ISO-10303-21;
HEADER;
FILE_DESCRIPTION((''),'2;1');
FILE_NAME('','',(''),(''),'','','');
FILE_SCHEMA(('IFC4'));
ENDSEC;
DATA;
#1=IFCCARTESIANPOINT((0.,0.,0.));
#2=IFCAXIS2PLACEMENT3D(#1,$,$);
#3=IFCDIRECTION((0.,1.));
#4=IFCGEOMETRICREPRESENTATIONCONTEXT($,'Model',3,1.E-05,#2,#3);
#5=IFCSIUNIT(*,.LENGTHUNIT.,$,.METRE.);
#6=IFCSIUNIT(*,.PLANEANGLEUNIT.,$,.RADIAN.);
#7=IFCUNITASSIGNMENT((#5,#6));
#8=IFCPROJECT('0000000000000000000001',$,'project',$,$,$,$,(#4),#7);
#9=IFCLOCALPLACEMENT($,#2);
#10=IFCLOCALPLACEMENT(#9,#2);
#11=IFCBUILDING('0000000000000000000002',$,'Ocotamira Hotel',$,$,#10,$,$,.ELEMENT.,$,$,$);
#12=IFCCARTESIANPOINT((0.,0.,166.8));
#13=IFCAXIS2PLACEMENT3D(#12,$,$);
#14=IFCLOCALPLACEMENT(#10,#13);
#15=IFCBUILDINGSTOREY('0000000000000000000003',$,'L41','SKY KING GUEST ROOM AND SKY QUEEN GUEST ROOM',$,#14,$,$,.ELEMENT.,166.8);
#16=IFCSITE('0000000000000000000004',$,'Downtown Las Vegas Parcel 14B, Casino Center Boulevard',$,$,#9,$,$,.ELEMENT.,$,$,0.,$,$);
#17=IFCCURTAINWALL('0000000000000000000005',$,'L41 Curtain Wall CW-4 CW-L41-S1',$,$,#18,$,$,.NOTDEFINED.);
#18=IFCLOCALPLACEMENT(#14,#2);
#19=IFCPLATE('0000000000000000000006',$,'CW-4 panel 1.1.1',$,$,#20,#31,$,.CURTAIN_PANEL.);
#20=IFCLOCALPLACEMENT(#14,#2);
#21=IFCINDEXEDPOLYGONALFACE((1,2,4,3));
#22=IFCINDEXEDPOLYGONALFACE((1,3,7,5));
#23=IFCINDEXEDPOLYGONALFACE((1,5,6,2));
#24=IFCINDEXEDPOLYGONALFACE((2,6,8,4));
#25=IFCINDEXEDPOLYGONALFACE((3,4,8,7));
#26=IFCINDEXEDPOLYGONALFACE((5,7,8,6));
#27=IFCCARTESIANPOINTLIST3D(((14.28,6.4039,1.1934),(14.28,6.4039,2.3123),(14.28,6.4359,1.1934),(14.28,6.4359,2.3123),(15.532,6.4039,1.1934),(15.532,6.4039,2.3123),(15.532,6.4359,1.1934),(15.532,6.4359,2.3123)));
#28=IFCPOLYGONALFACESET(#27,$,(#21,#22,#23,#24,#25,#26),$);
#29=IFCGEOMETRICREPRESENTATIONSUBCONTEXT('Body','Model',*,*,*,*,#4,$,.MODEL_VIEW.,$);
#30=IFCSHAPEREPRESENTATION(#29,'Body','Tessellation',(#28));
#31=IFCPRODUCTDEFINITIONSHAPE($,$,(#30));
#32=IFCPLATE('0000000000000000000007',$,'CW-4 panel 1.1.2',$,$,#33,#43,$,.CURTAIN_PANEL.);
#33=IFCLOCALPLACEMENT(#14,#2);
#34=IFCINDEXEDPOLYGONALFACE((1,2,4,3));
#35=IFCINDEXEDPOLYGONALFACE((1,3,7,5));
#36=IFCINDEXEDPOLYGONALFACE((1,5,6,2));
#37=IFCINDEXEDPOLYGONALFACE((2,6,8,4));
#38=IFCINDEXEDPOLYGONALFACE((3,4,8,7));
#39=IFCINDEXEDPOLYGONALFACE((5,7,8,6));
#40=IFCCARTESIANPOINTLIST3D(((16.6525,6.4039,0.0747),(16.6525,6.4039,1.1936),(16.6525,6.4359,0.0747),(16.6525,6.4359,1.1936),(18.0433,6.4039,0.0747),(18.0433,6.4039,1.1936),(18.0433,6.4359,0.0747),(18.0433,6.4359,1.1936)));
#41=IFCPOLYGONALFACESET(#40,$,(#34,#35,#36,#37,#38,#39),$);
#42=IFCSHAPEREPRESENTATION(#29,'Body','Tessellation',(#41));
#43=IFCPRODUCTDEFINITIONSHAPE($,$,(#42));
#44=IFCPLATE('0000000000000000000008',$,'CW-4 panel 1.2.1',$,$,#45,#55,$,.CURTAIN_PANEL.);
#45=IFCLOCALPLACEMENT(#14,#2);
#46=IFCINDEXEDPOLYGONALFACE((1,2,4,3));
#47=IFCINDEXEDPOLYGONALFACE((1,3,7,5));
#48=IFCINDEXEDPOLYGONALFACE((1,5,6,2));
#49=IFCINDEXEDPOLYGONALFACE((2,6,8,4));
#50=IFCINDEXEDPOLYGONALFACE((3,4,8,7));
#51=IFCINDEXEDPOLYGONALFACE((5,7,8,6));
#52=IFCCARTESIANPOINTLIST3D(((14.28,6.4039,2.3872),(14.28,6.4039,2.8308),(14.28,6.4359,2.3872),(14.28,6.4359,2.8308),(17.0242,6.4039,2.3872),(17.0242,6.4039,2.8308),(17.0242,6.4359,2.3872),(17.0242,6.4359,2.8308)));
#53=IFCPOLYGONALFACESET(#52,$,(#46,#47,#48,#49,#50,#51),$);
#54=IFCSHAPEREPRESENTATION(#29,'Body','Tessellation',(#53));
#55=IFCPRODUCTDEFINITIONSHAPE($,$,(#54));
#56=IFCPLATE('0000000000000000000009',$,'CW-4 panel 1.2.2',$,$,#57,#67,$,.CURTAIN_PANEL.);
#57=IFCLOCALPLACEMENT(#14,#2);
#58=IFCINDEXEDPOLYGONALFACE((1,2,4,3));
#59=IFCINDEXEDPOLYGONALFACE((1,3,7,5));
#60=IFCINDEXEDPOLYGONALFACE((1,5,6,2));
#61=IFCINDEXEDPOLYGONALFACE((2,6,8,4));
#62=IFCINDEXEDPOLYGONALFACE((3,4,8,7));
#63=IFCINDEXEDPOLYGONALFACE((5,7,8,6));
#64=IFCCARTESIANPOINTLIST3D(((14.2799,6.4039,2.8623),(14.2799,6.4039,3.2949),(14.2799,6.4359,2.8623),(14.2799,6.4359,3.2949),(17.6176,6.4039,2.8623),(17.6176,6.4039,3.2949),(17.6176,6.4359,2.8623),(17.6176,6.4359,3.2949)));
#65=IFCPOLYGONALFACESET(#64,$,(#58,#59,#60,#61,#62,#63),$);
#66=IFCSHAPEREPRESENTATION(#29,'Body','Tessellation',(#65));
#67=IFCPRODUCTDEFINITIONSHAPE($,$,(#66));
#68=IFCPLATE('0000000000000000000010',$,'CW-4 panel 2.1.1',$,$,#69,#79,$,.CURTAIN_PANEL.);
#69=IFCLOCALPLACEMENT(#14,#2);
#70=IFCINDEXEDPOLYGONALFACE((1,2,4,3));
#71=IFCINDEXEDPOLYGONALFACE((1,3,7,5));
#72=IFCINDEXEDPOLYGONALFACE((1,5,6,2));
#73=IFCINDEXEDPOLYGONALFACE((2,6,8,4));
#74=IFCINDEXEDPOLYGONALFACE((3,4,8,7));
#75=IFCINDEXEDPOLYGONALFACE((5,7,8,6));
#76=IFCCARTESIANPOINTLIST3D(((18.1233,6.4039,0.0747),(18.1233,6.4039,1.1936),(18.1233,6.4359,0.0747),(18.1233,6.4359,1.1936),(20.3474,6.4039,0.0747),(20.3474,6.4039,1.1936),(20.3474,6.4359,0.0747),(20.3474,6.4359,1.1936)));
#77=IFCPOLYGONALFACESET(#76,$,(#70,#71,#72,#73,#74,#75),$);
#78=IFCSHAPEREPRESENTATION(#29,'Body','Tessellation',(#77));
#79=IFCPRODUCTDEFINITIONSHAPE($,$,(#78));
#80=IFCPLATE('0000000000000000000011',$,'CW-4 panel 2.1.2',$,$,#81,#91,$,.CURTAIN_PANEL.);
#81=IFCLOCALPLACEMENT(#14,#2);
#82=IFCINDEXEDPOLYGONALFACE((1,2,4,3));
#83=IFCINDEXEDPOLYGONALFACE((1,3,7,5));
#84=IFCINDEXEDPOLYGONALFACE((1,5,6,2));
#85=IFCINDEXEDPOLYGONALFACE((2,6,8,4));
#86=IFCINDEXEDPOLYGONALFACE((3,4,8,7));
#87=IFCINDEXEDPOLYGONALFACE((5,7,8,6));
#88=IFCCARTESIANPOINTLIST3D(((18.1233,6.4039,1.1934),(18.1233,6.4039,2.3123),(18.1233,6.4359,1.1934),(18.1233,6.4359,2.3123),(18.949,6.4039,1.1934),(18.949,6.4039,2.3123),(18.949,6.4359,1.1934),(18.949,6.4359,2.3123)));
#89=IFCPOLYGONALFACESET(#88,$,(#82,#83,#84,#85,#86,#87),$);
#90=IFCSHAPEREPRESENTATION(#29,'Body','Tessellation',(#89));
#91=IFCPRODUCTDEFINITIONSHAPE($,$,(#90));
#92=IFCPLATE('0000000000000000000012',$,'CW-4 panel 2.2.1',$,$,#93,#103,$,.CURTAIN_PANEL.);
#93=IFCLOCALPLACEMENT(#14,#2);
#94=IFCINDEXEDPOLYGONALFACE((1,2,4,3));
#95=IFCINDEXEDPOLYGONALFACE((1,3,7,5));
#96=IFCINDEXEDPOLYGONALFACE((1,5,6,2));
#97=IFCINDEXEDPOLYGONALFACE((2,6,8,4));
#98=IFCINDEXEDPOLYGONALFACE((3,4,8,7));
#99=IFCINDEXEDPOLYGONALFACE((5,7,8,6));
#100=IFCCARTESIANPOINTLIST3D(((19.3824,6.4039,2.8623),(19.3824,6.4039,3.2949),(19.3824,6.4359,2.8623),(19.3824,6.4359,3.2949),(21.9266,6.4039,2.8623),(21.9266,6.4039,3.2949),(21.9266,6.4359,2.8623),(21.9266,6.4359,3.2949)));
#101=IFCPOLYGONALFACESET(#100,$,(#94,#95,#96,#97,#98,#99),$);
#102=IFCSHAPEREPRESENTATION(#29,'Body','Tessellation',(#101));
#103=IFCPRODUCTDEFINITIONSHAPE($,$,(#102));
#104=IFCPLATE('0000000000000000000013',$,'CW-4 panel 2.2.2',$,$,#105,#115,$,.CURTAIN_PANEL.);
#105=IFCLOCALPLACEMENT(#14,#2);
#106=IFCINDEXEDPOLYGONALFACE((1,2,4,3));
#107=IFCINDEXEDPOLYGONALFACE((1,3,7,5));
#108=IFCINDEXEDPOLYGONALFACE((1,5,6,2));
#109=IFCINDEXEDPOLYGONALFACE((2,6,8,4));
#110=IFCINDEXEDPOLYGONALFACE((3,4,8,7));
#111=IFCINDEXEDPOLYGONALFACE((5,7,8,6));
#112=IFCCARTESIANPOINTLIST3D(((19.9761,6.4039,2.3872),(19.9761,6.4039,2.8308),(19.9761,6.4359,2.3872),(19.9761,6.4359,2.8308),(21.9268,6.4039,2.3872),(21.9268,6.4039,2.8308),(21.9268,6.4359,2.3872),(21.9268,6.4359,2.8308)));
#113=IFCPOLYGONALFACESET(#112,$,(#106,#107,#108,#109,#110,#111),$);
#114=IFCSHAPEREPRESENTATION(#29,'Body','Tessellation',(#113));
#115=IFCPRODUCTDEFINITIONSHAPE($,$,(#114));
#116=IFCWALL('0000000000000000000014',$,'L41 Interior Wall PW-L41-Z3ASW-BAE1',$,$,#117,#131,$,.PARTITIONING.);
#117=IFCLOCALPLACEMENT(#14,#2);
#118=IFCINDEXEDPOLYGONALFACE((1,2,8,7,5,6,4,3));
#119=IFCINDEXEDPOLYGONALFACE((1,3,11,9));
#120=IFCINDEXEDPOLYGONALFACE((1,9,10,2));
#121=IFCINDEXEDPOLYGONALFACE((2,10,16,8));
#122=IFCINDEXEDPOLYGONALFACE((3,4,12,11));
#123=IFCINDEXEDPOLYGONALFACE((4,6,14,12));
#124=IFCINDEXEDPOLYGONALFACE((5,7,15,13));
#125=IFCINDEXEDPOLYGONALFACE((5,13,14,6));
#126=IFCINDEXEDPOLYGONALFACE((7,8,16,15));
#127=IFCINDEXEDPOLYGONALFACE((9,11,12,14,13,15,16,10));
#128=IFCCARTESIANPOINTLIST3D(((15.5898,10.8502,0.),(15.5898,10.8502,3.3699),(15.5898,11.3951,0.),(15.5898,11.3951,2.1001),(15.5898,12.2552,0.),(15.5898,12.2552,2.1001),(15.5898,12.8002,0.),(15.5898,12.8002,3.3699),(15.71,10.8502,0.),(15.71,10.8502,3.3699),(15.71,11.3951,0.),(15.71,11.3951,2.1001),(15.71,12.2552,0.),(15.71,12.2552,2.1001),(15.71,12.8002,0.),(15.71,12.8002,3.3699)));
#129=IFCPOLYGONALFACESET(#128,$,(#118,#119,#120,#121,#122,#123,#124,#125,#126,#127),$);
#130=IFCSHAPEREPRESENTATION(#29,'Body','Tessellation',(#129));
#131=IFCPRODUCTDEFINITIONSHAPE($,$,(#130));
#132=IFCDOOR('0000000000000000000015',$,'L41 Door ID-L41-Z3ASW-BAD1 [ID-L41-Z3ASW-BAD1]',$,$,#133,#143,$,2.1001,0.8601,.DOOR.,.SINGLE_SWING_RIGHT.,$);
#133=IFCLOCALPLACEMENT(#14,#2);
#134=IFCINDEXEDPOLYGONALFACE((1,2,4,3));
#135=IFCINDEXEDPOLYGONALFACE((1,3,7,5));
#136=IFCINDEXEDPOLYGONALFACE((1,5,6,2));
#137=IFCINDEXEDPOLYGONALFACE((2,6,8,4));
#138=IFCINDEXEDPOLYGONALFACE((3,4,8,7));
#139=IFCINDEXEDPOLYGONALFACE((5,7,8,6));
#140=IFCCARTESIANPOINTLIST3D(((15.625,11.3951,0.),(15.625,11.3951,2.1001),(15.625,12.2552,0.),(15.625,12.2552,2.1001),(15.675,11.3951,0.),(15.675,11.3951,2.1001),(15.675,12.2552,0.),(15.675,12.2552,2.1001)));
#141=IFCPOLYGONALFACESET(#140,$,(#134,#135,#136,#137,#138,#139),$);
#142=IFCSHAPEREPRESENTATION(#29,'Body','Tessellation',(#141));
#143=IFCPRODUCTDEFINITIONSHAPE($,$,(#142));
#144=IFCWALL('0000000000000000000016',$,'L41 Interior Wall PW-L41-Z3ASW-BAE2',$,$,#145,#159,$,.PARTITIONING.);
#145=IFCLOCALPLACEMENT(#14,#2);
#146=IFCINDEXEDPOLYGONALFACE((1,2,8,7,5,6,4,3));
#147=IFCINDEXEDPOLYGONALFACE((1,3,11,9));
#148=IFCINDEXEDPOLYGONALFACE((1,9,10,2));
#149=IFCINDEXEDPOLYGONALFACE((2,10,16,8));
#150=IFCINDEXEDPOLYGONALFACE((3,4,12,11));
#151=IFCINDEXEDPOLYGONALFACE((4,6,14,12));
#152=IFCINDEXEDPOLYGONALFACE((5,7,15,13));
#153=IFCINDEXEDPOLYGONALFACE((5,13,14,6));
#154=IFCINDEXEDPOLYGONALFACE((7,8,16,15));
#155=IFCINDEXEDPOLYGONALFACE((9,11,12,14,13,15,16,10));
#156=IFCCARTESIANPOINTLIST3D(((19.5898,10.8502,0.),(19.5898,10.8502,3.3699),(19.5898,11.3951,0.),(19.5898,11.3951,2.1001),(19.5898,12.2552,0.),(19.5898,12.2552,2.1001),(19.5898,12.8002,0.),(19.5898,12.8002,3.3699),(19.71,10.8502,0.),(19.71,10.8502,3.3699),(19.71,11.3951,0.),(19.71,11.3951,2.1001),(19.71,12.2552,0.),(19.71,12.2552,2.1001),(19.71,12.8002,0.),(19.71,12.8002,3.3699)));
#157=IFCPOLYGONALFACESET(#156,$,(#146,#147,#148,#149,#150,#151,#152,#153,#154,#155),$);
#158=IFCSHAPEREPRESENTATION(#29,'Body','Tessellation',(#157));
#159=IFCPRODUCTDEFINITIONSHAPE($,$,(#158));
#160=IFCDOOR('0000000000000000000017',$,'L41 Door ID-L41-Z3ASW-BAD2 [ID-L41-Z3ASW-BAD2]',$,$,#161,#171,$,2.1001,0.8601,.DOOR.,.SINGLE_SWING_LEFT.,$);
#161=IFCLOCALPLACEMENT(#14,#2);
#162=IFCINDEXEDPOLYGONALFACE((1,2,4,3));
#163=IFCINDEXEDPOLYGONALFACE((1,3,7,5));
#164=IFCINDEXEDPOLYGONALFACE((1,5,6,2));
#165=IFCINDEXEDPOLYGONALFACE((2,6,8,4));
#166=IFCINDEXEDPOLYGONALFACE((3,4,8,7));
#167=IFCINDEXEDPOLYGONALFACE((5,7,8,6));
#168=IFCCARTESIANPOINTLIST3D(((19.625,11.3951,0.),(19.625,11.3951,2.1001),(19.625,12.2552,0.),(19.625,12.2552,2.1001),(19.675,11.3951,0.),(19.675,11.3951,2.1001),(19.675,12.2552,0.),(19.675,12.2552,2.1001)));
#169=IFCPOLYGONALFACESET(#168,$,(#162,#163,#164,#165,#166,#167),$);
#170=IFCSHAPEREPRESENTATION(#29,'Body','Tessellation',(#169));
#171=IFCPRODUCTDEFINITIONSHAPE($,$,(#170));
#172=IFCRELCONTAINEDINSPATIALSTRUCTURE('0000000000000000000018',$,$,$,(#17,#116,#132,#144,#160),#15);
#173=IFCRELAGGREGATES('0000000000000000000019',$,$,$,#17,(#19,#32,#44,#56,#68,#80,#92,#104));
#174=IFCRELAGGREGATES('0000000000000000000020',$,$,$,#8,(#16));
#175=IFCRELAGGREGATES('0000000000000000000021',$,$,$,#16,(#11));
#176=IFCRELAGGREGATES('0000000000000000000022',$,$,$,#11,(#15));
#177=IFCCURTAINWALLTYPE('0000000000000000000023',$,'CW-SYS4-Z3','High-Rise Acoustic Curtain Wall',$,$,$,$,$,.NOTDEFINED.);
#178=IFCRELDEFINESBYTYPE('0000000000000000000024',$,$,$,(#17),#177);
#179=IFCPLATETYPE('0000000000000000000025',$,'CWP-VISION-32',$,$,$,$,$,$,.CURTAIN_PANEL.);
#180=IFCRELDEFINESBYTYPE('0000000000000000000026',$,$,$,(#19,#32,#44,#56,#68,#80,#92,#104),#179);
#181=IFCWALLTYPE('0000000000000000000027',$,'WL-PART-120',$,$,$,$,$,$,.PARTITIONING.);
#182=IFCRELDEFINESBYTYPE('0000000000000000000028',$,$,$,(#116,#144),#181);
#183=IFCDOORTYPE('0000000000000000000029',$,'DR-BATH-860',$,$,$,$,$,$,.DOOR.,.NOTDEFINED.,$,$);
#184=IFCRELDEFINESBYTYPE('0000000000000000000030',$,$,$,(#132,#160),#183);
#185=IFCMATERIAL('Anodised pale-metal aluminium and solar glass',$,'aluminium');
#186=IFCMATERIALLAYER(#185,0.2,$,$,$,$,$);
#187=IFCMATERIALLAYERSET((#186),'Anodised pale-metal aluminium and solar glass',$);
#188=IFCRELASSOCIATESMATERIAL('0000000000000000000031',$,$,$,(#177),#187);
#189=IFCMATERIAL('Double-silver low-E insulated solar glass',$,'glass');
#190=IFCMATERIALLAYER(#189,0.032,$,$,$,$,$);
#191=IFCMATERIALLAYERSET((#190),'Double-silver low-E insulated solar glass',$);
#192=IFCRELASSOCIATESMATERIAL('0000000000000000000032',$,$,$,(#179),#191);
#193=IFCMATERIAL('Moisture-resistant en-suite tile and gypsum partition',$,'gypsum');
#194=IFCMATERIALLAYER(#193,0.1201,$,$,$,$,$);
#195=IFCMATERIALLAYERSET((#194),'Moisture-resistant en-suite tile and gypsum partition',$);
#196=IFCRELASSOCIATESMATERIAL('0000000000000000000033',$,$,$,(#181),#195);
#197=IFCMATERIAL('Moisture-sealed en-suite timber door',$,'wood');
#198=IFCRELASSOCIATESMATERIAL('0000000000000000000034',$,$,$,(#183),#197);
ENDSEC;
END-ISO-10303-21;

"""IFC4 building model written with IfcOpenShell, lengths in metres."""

from ifc_helpers import new_model, si_unit, direction, frame, frame_2d, origin, origin_2d, place, context, subcontext, project, spatial, rectangle, extrude, source, transform, mapped, material, layer, layer_set, type_object, element, fill, aggregate, save


model = new_model("IFC4")

# Units and contexts
model_context = context("Model", 3, precision=1e-05, world=origin(), true_north=direction((0.0, 1.0)))
body_context = subcontext(model_context, "Body", "Model", "MODEL_VIEW")
ifc_project = project(units=[si_unit("LENGTHUNIT", "METRE"), si_unit("PLANEANGLEUNIT", "RADIAN")], contexts=[model_context])

# Site, building, storey
site_placement = place(None, origin())
site = spatial("IfcSite", under=ifc_project, at=site_placement, Name="Downtown Las Vegas Parcel 14B, Casino Center Boulevard", CompositionType="ELEMENT", RefElevation=0.0)
building_placement = place(site_placement, origin())
building = spatial("IfcBuilding", under=site, at=building_placement, Name="Ocotamira Hotel", CompositionType="ELEMENT")
storey_placement = place(building_placement, frame((0.0, 0.0, 166.8)))
storey = spatial("IfcBuildingStorey", under=building, at=storey_placement, Name="L41", Description="SKY KING GUEST ROOM AND SKY QUEEN GUEST ROOM", CompositionType="ELEMENT", Elevation=166.8)

# Curtain wall
ifc_material_1 = material(Name="Anodised pale-metal aluminium and solar glass", Category="aluminium")
ifc_layer_1 = layer(ifc_material_1, 0.2)
ifc_layer_set_1 = layer_set([ifc_layer_1], Name="Anodised pale-metal aluminium and solar glass")
curtain_wall_type = type_object("IfcCurtainWallType", Name="CW-SYS4-Z3", Description="High-Rise Acoustic Curtain Wall", PredefinedType="NOTDEFINED", material=ifc_layer_set_1)
curtain_wall_placement = place(storey_placement, origin())
curtain_wall = element("IfcCurtainWall", 1, at=curtain_wall_placement, inside=storey, type_object=curtain_wall_type, Name="L41 Curtain Wall CW-4 CW-L41-S1", PredefinedType="NOTDEFINED")

# Plates
ifc_material_2 = material(Name="Double-silver low-E insulated solar glass", Category="glass")
ifc_layer_2 = layer(ifc_material_2, 0.032)
ifc_layer_set_2 = layer_set([ifc_layer_2], Name="Double-silver low-E insulated solar glass")
plate_type_1 = type_object("IfcPlateType", Name="CWP-VISION-32", PredefinedType="CURTAIN_PANEL", material=ifc_layer_set_2)
shared_shape_1 = source(origin(), body_context, "Body", "SweptSolid", [
    extrude(rectangle(XDim=1.252, YDim=0.032, at=origin_2d()), origin(), (0.0, 0.0, 1.0), 1.1189),
])
plate_1_placement = place(storey_placement, frame((14.906, 6.4199, 1.1934), z_axis=(0.0, 0.0, 1.0), x_axis=(1.0, 0.0, 0.0)))
plate_1 = element("IfcPlate", 2, at=plate_1_placement, type_object=plate_type_1, Name="CW-4 panel 1.1.1", PredefinedType="CURTAIN_PANEL", context=body_context, shape_type="MappedRepresentation", body=[
    mapped(shared_shape_1, transform((0.0, 0.0, 0.0), scale=1.0)),
])
shared_shape_2 = source(origin(), body_context, "Body", "SweptSolid", [
    extrude(rectangle(XDim=1.3909, YDim=0.032, at=origin_2d()), origin(), (0.0, 0.0, 1.0), 1.1189),
])
plate_2_placement = place(storey_placement, frame((17.3479, 6.4199, 0.0747), z_axis=(0.0, 0.0, 1.0), x_axis=(1.0, 0.0, 0.0)))
plate_2 = element("IfcPlate", 3, at=plate_2_placement, type_object=plate_type_1, Name="CW-4 panel 1.1.2", PredefinedType="CURTAIN_PANEL", context=body_context, shape_type="MappedRepresentation", body=[
    mapped(shared_shape_2, transform((0.0, 0.0, 0.0), scale=1.0)),
])
shared_shape_3 = source(origin(), body_context, "Body", "SweptSolid", [
    extrude(rectangle(XDim=2.7441, YDim=0.032, at=origin_2d()), origin(), (0.0, 0.0, 1.0), 0.4436),
])
plate_3_placement = place(storey_placement, frame((15.6521, 6.4199, 2.3872), z_axis=(0.0, 0.0, 1.0), x_axis=(1.0, 0.0, 0.0)))
plate_3 = element("IfcPlate", 4, at=plate_3_placement, type_object=plate_type_1, Name="CW-4 panel 1.2.1", PredefinedType="CURTAIN_PANEL", context=body_context, shape_type="MappedRepresentation", body=[
    mapped(shared_shape_3, transform((0.0, 0.0, 0.0), scale=1.0)),
])
shared_shape_4 = source(origin(), body_context, "Body", "SweptSolid", [
    extrude(rectangle(XDim=3.3376, YDim=0.032, at=origin_2d()), origin(), (0.0, 0.0, 1.0), 0.4326),
])
plate_4_placement = place(storey_placement, frame((15.9487, 6.4199, 2.8623), z_axis=(0.0, 0.0, 1.0), x_axis=(1.0, 0.0, 0.0)))
plate_4 = element("IfcPlate", 5, at=plate_4_placement, type_object=plate_type_1, Name="CW-4 panel 1.2.2", PredefinedType="CURTAIN_PANEL", context=body_context, shape_type="MappedRepresentation", body=[
    mapped(shared_shape_4, transform((0.0, 0.0, 0.0), scale=1.0)),
])
shared_shape_5 = source(origin(), body_context, "Body", "SweptSolid", [
    extrude(rectangle(XDim=2.2241, YDim=0.032, at=origin_2d()), origin(), (0.0, 0.0, 1.0), 1.1189),
])
plate_5_placement = place(storey_placement, frame((19.2354, 6.4199, 0.0747), z_axis=(0.0, 0.0, 1.0), x_axis=(1.0, 0.0, 0.0)))
plate_5 = element("IfcPlate", 6, at=plate_5_placement, type_object=plate_type_1, Name="CW-4 panel 2.1.1", PredefinedType="CURTAIN_PANEL", context=body_context, shape_type="MappedRepresentation", body=[
    mapped(shared_shape_5, transform((0.0, 0.0, 0.0), scale=1.0)),
])
shared_shape_6 = source(origin(), body_context, "Body", "SweptSolid", [
    extrude(rectangle(XDim=0.8257, YDim=0.032, at=origin_2d()), origin(), (0.0, 0.0, 1.0), 1.1189),
])
plate_6_placement = place(storey_placement, frame((18.5361, 6.4199, 1.1934), z_axis=(0.0, 0.0, 1.0), x_axis=(1.0, 0.0, 0.0)))
plate_6 = element("IfcPlate", 7, at=plate_6_placement, type_object=plate_type_1, Name="CW-4 panel 2.1.2", PredefinedType="CURTAIN_PANEL", context=body_context, shape_type="MappedRepresentation", body=[
    mapped(shared_shape_6, transform((0.0, 0.0, 0.0), scale=1.0)),
])
shared_shape_7 = source(origin(), body_context, "Body", "SweptSolid", [
    extrude(rectangle(XDim=2.5442, YDim=0.032, at=origin_2d()), origin(), (0.0, 0.0, 1.0), 0.4326),
])
plate_7_placement = place(storey_placement, frame((20.6545, 6.4199, 2.8623), z_axis=(0.0, 0.0, 1.0), x_axis=(1.0, 0.0, 0.0)))
plate_7 = element("IfcPlate", 8, at=plate_7_placement, type_object=plate_type_1, Name="CW-4 panel 2.2.1", PredefinedType="CURTAIN_PANEL", context=body_context, shape_type="MappedRepresentation", body=[
    mapped(shared_shape_7, transform((0.0, 0.0, 0.0), scale=1.0)),
])
shared_shape_8 = source(origin(), body_context, "Body", "SweptSolid", [
    extrude(rectangle(XDim=1.9507, YDim=0.032, at=origin_2d()), origin(), (0.0, 0.0, 1.0), 0.4436),
])
plate_8_placement = place(storey_placement, frame((20.9514, 6.4199, 2.3872), z_axis=(0.0, 0.0, 1.0), x_axis=(1.0, 0.0, 0.0)))
plate_8 = element("IfcPlate", 9, at=plate_8_placement, type_object=plate_type_1, Name="CW-4 panel 2.2.2", PredefinedType="CURTAIN_PANEL", context=body_context, shape_type="MappedRepresentation", body=[
    mapped(shared_shape_8, transform((0.0, 0.0, 0.0), scale=1.0)),
])
aggregate(curtain_wall, [plate_1, plate_2, plate_3, plate_4, plate_5, plate_6, plate_7, plate_8])

# Walls, openings, doors
ifc_material_3 = material(Name="Moisture-resistant en-suite tile and gypsum partition", Category="gypsum")
ifc_layer_3 = layer(ifc_material_3, 0.1201)
ifc_layer_set_3 = layer_set([ifc_layer_3], Name="Moisture-resistant en-suite tile and gypsum partition")
wall_type_1 = type_object("IfcWallType", Name="WL-PART-120", PredefinedType="PARTITIONING", material=ifc_layer_set_3)
wall_1_placement = place(storey_placement, frame((15.6499, 10.8501, 0.0), z_axis=(0.0, 0.0, 1.0), x_axis=(0.0, 1.0, 0.0)))
wall_1 = element("IfcWall", 10, at=wall_1_placement, inside=storey, type_object=wall_type_1, Name="L41 Interior Wall PW-L41-Z3ASW-BAE1", PredefinedType="PARTITIONING", context=body_context, shape_type="SweptSolid", body=[
    extrude(rectangle(XDim=1.95, YDim=0.1201, at=frame_2d((0.9751, 0.0))), origin(), (0.0, 0.0, 1.0), 3.3699),
])
opening_1_placement = place(wall_1_placement, frame((0.5449, 0.0, 0.0)))
opening_1 = element("IfcOpeningElement", 11, at=opening_1_placement, cuts=wall_1, PredefinedType="OPENING", context=body_context, shape_type="SweptSolid", body=[
    extrude(rectangle(XDim=0.8601, YDim=2.1001, at=frame_2d((0.4302, 1.05))), frame((0.0, 0.0701, 0.0), z_axis=(0.0, -1.0, 0.0), x_axis=(1.0, 0.0, 0.0)), (0.0, 0.0, 1.0), 0.1401),
])
ifc_material_4 = material(Name="Moisture-sealed en-suite timber door", Category="wood")
door_type = type_object("IfcDoorType", Name="DR-BATH-860", OperationType="NOTDEFINED", PredefinedType="DOOR", material=ifc_material_4)
shared_shape_9 = source(origin(), body_context, "Body", "SweptSolid", [
    extrude(rectangle(XDim=0.8601, YDim=2.1001, at=frame_2d((0.4302, 1.05))), frame((0.0, 0.0249, 0.0), z_axis=(0.0, -1.0, 0.0), x_axis=(1.0, 0.0, 0.0)), (0.0, 0.0, 1.0), 0.05),
])
door_1_placement = place(opening_1_placement, origin())
door_1 = element("IfcDoor", 12, at=door_1_placement, inside=storey, type_object=door_type, Name="L41 Door ID-L41-Z3ASW-BAD1 [ID-L41-Z3ASW-BAD1]", OperationType="SINGLE_SWING_RIGHT", OverallHeight=2.1001, OverallWidth=0.8601, PredefinedType="DOOR", context=body_context, shape_type="MappedRepresentation", body=[
    mapped(shared_shape_9, transform((0.0, 0.0, 0.0), scale=1.0)),
])
fill(opening_1, door_1)
wall_2_placement = place(storey_placement, frame((19.6499, 10.8501, 0.0), z_axis=(0.0, 0.0, 1.0), x_axis=(0.0, 1.0, 0.0)))
wall_2 = element("IfcWall", 13, at=wall_2_placement, inside=storey, type_object=wall_type_1, Name="L41 Interior Wall PW-L41-Z3ASW-BAE2", PredefinedType="PARTITIONING", context=body_context, shape_type="SweptSolid", body=[
    extrude(rectangle(XDim=1.95, YDim=0.1201, at=frame_2d((0.9751, 0.0))), origin(), (0.0, 0.0, 1.0), 3.3699),
])
opening_2_placement = place(wall_2_placement, frame((0.5449, 0.0, 0.0)))
opening_2 = element("IfcOpeningElement", 14, at=opening_2_placement, cuts=wall_2, PredefinedType="OPENING", context=body_context, shape_type="SweptSolid", body=[
    extrude(rectangle(XDim=0.8601, YDim=2.1001, at=frame_2d((0.4302, 1.05))), frame((0.0, 0.0701, 0.0), z_axis=(0.0, -1.0, 0.0), x_axis=(1.0, 0.0, 0.0)), (0.0, 0.0, 1.0), 0.1401),
])
door_2_placement = place(opening_2_placement, origin())
door_2 = element("IfcDoor", 15, at=door_2_placement, inside=storey, type_object=door_type, Name="L41 Door ID-L41-Z3ASW-BAD2 [ID-L41-Z3ASW-BAD2]", OperationType="SINGLE_SWING_LEFT", OverallHeight=2.1001, OverallWidth=0.8601, PredefinedType="DOOR", context=body_context, shape_type="MappedRepresentation", body=[
    mapped(shared_shape_9, transform((0.0, 0.0, 0.0), scale=1.0)),
])
fill(opening_2, door_2)

save(model, "model.ifc")
